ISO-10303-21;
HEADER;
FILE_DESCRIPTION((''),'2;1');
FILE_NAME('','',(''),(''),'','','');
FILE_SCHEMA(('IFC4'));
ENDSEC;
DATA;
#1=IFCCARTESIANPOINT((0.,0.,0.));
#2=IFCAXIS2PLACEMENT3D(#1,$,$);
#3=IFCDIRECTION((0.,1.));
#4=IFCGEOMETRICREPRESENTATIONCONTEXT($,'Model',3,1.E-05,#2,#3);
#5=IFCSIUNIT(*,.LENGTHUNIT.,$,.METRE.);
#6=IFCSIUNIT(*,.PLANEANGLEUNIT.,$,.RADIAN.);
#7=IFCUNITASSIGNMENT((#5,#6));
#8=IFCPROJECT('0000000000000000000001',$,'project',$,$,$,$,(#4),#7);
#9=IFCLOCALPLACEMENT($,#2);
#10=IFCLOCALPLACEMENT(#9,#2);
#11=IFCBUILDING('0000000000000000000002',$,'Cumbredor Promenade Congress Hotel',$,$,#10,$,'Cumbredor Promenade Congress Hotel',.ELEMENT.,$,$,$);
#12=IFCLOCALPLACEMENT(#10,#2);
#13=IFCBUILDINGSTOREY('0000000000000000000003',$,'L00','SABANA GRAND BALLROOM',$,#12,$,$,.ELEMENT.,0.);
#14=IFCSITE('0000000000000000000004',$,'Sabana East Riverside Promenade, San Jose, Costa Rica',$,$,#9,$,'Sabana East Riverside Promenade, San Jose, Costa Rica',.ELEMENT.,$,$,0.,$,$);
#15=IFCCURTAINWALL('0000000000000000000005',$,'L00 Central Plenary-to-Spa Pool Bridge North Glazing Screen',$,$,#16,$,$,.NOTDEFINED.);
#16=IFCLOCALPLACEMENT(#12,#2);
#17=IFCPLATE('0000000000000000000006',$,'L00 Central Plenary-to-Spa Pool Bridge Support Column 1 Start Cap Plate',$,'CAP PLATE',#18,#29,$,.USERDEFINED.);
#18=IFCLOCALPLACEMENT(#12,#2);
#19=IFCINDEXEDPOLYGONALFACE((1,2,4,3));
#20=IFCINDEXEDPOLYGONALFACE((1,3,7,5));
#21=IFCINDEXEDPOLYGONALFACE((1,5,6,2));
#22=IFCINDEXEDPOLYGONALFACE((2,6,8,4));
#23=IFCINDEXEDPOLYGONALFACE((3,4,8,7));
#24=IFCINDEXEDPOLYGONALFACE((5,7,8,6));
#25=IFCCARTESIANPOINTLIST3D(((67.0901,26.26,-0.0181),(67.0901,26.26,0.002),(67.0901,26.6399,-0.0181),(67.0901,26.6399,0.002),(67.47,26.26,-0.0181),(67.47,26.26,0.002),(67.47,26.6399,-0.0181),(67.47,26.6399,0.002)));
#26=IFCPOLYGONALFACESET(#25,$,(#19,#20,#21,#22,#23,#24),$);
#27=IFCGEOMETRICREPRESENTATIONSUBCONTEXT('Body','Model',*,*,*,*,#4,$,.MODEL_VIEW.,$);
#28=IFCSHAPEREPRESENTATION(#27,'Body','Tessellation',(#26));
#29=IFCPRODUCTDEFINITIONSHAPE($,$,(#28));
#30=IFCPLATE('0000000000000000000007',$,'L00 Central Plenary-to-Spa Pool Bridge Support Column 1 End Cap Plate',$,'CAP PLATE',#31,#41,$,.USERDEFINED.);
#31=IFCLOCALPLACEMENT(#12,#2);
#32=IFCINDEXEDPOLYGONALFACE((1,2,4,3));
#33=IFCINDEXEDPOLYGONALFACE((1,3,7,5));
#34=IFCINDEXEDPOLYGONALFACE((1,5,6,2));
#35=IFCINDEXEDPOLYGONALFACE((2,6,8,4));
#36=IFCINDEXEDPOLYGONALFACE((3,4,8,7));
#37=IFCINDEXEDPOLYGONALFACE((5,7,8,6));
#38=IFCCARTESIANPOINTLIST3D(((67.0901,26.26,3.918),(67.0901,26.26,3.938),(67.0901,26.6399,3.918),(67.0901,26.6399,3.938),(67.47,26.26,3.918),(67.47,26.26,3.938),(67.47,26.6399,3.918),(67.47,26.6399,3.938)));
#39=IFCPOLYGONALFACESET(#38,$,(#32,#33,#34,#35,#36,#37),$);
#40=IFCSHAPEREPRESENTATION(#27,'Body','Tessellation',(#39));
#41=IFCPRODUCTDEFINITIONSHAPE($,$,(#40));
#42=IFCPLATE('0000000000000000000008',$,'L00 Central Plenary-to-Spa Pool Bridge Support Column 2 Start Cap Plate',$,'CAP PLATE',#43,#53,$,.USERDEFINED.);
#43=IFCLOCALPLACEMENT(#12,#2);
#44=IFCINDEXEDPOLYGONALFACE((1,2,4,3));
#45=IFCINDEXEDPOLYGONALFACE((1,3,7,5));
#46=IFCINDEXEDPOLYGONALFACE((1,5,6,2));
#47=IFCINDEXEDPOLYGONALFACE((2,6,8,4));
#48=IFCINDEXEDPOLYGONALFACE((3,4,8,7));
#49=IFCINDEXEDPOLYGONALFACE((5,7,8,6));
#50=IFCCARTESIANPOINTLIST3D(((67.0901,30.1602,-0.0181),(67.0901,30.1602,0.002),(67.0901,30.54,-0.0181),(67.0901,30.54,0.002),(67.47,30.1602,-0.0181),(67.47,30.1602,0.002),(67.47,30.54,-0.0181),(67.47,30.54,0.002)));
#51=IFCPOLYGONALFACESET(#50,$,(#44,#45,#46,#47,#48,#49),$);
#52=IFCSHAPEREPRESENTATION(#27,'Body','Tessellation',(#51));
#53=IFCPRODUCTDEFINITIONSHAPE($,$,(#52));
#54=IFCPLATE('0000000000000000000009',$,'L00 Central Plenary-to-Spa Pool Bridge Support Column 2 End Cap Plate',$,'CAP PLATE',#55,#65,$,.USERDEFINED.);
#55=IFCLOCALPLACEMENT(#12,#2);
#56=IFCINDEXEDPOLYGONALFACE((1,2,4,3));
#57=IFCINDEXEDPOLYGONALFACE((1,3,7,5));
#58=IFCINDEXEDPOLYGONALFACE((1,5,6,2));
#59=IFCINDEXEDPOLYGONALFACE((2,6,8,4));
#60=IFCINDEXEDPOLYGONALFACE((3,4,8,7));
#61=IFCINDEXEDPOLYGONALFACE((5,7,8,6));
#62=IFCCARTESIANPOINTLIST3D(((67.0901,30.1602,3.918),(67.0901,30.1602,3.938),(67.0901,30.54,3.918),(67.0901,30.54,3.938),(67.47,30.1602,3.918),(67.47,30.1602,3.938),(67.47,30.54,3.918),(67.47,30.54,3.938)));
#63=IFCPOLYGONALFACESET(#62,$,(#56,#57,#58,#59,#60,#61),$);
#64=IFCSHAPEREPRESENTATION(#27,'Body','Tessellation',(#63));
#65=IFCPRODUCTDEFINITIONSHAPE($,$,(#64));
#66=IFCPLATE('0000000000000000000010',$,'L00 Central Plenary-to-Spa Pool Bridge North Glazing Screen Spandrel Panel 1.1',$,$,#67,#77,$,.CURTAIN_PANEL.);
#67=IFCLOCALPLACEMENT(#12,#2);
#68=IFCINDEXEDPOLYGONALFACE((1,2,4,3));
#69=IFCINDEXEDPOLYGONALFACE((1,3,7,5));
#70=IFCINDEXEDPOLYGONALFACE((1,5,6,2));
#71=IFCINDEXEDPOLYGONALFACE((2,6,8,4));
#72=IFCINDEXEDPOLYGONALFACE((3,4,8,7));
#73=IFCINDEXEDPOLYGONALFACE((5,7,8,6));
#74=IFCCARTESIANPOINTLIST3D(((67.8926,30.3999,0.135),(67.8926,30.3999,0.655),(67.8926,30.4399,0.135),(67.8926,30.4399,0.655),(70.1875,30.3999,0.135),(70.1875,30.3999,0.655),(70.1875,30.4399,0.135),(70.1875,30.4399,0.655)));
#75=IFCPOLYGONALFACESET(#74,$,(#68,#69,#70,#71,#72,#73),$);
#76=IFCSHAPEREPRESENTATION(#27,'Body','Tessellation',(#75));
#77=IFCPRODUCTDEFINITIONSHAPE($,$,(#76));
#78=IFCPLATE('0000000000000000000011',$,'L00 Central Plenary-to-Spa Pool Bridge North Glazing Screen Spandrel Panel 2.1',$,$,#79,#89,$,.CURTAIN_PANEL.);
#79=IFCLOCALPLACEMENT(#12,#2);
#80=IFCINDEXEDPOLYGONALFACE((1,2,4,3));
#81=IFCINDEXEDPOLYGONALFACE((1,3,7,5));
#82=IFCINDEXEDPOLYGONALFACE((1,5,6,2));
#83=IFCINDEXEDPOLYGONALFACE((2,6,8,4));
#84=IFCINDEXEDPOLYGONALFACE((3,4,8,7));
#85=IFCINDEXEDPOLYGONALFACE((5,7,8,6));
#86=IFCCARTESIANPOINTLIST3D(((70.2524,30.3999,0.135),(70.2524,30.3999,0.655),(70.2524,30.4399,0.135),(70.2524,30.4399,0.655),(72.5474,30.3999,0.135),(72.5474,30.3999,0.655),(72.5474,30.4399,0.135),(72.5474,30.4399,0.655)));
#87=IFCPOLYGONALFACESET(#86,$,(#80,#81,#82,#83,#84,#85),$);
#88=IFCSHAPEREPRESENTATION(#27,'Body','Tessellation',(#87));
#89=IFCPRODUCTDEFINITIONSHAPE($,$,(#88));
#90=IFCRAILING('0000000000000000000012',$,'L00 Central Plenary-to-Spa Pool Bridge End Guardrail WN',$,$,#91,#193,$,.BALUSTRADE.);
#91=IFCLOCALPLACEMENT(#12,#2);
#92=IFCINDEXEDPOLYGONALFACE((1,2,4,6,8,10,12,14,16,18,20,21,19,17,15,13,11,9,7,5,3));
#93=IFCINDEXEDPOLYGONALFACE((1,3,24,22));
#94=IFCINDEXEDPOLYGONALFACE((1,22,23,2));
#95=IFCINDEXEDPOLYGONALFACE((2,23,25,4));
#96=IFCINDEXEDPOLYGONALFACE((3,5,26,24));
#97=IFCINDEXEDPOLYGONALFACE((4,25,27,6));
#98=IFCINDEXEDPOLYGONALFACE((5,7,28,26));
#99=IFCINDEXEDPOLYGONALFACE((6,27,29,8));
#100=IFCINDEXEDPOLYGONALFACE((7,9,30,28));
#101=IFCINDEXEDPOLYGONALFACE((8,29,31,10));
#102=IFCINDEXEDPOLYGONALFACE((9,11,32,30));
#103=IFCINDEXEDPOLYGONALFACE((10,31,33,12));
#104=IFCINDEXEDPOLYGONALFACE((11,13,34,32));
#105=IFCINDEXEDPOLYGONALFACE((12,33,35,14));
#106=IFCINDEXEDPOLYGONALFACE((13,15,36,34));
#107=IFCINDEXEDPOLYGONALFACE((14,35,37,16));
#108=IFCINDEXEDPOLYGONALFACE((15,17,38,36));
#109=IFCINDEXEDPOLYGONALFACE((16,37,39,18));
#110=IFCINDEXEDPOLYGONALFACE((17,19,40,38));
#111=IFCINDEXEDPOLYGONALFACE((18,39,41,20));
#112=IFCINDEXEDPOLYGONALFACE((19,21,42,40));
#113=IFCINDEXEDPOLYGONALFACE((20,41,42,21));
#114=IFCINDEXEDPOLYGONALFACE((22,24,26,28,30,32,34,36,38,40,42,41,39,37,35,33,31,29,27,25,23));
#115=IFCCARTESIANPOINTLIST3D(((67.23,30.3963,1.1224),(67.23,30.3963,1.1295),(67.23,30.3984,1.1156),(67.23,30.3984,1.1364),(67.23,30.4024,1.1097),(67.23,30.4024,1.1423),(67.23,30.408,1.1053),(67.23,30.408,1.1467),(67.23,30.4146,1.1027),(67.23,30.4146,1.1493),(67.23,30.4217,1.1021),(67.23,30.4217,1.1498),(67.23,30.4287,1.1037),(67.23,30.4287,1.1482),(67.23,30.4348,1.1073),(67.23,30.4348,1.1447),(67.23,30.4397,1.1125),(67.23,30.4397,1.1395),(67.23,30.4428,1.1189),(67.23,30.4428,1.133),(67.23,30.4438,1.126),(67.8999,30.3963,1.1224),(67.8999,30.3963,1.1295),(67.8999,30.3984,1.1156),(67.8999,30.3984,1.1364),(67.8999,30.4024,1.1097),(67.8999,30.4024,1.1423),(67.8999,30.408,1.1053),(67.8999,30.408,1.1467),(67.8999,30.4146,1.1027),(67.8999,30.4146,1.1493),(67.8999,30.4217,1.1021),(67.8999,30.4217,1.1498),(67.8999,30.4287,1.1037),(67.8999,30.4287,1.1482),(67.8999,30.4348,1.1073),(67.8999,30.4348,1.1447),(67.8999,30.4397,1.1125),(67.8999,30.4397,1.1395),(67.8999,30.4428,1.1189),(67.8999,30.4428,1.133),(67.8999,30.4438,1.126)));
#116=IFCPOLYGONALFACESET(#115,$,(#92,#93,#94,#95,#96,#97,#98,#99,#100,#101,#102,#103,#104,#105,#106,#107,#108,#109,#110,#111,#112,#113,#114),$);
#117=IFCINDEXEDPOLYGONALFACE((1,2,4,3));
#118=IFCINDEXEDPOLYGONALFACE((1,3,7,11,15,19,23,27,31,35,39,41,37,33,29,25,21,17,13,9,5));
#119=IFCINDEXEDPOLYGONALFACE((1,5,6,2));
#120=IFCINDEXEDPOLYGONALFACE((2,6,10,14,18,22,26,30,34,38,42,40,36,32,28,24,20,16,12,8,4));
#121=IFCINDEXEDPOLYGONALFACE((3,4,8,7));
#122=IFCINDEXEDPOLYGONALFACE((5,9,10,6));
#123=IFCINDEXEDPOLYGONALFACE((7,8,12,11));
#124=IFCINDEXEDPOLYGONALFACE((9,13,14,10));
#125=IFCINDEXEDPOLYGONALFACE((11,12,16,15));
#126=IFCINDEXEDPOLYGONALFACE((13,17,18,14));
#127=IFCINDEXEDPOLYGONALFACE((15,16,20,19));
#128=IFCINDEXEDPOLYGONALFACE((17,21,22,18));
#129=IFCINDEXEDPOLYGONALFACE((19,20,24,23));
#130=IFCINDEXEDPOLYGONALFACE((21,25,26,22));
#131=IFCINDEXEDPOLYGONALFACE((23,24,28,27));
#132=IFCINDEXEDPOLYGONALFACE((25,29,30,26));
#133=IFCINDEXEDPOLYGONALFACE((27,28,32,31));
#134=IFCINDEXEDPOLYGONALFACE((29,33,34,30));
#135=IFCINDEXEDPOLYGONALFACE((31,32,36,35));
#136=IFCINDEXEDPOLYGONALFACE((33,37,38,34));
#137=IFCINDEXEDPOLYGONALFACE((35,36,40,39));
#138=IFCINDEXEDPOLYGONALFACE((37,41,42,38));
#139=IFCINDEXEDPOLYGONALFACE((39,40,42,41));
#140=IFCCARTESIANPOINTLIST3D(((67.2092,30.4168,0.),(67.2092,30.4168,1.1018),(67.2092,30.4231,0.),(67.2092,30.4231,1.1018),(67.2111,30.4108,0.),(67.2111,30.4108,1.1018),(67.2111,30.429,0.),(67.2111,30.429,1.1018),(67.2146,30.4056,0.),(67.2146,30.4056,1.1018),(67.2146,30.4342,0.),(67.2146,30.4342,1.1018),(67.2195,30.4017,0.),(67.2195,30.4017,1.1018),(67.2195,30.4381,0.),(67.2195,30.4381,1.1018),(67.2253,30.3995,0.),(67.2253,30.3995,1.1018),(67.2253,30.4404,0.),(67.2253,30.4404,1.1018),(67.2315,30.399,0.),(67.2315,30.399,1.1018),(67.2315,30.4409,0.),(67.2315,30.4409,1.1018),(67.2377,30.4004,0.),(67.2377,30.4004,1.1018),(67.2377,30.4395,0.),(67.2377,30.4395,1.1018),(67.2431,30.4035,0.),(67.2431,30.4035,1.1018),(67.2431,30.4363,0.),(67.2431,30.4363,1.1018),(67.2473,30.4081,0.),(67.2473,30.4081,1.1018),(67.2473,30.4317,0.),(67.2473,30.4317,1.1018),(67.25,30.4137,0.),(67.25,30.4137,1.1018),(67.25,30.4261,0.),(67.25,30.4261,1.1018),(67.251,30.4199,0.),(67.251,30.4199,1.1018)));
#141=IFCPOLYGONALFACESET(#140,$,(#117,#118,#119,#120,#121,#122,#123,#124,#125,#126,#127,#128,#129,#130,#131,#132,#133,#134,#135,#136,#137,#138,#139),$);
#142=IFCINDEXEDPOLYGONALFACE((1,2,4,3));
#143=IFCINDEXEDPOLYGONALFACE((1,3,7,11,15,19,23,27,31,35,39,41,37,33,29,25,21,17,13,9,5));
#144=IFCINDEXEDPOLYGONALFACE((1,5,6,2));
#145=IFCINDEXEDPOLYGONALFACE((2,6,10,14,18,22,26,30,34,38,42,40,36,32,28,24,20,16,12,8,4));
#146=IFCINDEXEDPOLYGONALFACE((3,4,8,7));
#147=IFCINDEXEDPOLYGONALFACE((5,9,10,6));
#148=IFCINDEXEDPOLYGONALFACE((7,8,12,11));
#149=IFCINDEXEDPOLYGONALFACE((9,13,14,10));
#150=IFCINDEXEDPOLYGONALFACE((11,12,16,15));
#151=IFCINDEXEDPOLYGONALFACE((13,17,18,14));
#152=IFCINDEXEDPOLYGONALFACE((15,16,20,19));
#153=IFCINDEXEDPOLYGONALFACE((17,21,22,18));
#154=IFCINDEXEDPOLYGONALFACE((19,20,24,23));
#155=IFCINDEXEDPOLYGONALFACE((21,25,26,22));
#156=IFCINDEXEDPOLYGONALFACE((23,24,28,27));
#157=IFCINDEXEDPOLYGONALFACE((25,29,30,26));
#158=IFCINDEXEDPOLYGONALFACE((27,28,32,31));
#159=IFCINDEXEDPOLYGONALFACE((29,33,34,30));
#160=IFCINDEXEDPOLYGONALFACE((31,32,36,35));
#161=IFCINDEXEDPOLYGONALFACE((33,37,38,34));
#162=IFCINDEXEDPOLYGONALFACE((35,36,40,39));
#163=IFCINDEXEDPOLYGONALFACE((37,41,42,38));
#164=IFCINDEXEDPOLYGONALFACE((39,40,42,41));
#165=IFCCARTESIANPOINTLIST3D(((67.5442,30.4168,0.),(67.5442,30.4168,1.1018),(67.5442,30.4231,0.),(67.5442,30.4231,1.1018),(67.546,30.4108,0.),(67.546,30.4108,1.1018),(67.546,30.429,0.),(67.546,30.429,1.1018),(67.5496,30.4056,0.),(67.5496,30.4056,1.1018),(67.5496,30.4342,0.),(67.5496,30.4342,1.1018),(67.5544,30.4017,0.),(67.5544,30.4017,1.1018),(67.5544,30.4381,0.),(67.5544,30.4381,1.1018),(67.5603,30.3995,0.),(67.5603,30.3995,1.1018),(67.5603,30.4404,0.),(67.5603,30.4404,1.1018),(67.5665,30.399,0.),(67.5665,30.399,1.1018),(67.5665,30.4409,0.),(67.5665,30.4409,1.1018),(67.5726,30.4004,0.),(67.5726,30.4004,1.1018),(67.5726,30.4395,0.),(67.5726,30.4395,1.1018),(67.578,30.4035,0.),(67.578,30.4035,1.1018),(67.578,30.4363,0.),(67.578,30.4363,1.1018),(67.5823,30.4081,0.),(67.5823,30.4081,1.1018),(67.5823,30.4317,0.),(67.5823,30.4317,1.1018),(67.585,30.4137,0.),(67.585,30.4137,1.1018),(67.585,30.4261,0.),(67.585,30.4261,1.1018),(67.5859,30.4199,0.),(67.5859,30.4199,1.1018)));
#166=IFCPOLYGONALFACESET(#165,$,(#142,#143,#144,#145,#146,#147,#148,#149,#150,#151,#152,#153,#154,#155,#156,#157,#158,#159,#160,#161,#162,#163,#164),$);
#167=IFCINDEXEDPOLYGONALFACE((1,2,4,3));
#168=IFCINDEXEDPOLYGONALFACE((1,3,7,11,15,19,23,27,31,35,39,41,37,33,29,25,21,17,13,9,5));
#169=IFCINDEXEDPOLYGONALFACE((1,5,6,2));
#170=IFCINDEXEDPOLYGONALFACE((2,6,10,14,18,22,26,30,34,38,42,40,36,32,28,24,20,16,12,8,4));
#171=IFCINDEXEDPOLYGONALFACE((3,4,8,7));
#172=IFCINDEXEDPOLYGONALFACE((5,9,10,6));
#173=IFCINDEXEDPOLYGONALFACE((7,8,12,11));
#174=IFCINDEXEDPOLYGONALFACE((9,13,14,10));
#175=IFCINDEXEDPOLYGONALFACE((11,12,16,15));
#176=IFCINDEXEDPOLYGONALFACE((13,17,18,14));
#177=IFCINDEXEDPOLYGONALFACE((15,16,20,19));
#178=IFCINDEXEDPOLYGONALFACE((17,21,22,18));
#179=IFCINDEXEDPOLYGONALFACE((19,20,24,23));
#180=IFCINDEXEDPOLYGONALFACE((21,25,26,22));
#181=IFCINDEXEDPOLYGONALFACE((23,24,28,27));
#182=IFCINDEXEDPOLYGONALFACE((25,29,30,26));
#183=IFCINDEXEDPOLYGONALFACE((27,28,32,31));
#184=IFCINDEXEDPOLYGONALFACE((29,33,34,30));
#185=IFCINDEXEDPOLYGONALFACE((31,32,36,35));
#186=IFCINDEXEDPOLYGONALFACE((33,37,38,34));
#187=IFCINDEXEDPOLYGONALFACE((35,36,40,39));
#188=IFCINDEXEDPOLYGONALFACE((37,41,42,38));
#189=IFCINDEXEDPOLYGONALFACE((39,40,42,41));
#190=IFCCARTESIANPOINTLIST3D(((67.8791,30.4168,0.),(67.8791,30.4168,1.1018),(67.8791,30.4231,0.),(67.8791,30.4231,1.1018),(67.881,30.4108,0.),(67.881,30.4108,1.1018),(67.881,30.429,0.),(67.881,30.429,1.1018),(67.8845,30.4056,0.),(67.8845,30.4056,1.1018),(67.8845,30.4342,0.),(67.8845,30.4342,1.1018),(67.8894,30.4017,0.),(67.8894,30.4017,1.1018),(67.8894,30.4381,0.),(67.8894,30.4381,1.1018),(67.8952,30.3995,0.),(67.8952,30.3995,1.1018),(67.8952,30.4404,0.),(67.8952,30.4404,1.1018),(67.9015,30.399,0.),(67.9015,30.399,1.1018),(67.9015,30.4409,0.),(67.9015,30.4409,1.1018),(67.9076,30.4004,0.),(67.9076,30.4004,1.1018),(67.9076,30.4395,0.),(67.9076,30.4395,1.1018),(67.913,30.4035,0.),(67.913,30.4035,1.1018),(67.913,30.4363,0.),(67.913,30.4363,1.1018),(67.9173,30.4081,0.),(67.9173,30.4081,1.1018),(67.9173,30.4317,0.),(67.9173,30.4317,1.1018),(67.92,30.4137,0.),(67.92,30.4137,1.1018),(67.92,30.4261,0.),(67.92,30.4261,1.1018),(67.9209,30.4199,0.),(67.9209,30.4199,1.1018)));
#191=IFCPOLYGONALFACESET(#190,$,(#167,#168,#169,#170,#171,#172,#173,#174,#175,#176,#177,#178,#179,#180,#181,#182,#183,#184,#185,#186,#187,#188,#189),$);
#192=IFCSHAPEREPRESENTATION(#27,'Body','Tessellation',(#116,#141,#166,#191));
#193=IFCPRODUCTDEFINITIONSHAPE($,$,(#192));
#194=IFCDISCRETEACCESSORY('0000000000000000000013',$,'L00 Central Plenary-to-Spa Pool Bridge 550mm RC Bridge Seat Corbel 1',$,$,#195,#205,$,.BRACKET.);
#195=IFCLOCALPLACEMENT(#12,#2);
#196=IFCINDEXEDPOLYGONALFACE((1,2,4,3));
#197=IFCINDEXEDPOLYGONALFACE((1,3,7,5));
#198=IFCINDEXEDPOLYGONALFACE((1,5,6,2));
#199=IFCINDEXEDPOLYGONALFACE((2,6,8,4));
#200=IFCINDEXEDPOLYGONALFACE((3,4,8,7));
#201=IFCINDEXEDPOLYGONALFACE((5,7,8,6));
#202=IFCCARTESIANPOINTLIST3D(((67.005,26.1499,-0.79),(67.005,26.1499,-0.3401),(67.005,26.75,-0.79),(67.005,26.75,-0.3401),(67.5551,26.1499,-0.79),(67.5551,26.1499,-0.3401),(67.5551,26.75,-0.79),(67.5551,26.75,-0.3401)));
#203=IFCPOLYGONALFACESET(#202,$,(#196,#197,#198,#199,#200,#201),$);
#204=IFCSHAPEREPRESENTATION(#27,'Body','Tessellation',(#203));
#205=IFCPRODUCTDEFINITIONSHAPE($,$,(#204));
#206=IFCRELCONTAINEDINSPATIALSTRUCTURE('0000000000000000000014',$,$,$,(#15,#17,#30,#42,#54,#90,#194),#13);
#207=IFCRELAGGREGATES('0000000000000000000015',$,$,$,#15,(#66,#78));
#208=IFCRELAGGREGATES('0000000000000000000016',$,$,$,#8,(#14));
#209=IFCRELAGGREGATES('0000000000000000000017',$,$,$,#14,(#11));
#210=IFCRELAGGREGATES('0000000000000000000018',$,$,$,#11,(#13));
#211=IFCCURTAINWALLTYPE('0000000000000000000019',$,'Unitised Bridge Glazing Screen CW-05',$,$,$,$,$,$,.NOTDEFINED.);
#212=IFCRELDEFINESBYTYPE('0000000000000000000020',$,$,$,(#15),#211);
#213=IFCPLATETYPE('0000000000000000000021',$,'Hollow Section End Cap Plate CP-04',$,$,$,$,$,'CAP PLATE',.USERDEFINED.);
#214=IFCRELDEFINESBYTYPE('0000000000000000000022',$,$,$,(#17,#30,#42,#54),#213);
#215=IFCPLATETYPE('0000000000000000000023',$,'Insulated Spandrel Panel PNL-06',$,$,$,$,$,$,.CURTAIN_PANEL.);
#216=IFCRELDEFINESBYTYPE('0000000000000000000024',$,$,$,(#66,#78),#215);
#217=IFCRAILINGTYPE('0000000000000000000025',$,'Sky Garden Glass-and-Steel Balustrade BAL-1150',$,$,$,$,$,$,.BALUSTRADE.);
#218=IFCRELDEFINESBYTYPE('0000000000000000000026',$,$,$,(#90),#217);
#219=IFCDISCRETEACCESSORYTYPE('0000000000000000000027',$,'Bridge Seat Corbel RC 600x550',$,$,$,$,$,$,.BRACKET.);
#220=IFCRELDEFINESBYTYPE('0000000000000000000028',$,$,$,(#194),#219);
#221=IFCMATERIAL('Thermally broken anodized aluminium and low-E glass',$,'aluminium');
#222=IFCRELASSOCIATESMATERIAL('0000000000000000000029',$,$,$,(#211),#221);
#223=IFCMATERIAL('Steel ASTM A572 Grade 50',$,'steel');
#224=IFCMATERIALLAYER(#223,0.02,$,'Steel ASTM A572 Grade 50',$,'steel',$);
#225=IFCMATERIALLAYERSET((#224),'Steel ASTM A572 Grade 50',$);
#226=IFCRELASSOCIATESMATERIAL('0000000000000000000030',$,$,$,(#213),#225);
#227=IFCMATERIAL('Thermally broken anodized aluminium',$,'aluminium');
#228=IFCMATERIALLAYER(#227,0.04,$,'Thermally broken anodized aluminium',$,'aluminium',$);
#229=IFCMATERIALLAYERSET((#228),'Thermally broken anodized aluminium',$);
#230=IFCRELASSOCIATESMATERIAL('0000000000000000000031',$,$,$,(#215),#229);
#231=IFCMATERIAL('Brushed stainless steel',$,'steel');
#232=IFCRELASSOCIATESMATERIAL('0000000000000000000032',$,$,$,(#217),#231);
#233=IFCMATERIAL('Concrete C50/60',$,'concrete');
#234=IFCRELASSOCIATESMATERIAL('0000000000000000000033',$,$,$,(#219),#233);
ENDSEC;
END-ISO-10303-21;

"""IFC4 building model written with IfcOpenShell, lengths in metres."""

from ifc_helpers import new_model, si_unit, direction, frame, origin, origin_2d, place, context, subcontext, project, spatial, rectangle, circle, extrude, material, layer, layer_set, type_object, element, aggregate, save


model = new_model("IFC4")

# Units and contexts
model_context = context("Model", 3, precision=1e-05, world=origin(), true_north=direction((0.0, 1.0)))
body_context = subcontext(model_context, "Body", "Model", "MODEL_VIEW")
ifc_project = project(units=[si_unit("LENGTHUNIT", "METRE"), si_unit("PLANEANGLEUNIT", "RADIAN")], contexts=[model_context])

# Site, building, storey
site_placement = place(None, origin())
site = spatial("IfcSite", under=ifc_project, at=site_placement, Name="Sabana East Riverside Promenade, San Jose, Costa Rica", LongName="Sabana East Riverside Promenade, San Jose, Costa Rica", CompositionType="ELEMENT", RefElevation=0.0)
building_placement = place(site_placement, origin())
building = spatial("IfcBuilding", under=site, at=building_placement, Name="Cumbredor Promenade Congress Hotel", LongName="Cumbredor Promenade Congress Hotel", CompositionType="ELEMENT")
storey_placement = place(building_placement, origin())
storey = spatial("IfcBuildingStorey", under=building, at=storey_placement, Name="L00", Description="SABANA GRAND BALLROOM", CompositionType="ELEMENT", Elevation=0.0)

# Curtain wall
ifc_material_1 = material(Name="Thermally broken anodized aluminium and low-E glass", Category="aluminium")
curtain_wall_type = type_object("IfcCurtainWallType", Name="Unitised Bridge Glazing Screen CW-05", PredefinedType="NOTDEFINED", material=ifc_material_1)
curtain_wall_placement = place(storey_placement, origin())
curtain_wall = element("IfcCurtainWall", 1, at=curtain_wall_placement, inside=storey, type_object=curtain_wall_type, Name="L00 Central Plenary-to-Spa Pool Bridge North Glazing Screen", PredefinedType="NOTDEFINED")
ifc_material_2 = material(Name="Thermally broken anodized aluminium", Category="aluminium")

# Plates
ifc_material_3 = material(Name="Steel ASTM A572 Grade 50", Category="steel")
ifc_layer_1 = layer(ifc_material_3, 0.02, Name="Steel ASTM A572 Grade 50", Category="steel")
ifc_layer_set_1 = layer_set([ifc_layer_1], Name="Steel ASTM A572 Grade 50")
plate_type_1 = type_object("IfcPlateType", Name="Hollow Section End Cap Plate CP-04", ElementType="CAP PLATE", PredefinedType="USERDEFINED", material=ifc_layer_set_1)
for number, where, z_axis, x_axis, name in (
    (2, (67.28, 26.45, -0.0181), (0.0, 0.0, 1.0), (1.0, 0.0, 0.0), "L00 Central Plenary-to-Spa Pool Bridge Support Column 1 Start Cap Plate"),
    (3, (67.28, 26.45, 3.918), (0.0, 0.0, 1.0), (1.0, 0.0, 0.0), "L00 Central Plenary-to-Spa Pool Bridge Support Column 1 End Cap Plate"),
    (4, (67.28, 30.3501, -0.0181), (0.0, 0.0, 1.0), (1.0, 0.0, 0.0), "L00 Central Plenary-to-Spa Pool Bridge Support Column 2 Start Cap Plate"),
    (5, (67.28, 30.3501, 3.918), (0.0, 0.0, 1.0), (1.0, 0.0, 0.0), "L00 Central Plenary-to-Spa Pool Bridge Support Column 2 End Cap Plate"),
):
    element("IfcPlate", number, at=place(storey_placement, frame(where, z_axis=z_axis, x_axis=x_axis)), inside=storey, type_object=plate_type_1, Name=name, ObjectType="CAP PLATE", PredefinedType="USERDEFINED", context=body_context, shape_type="SweptSolid", body=[
        extrude(rectangle(XDim=0.3799, YDim=0.3799, at=origin_2d()), origin(), (0.0, 0.0, 1.0), 0.02),
    ])

# Plates
ifc_layer_2 = layer(ifc_material_2, 0.04, Name="Thermally broken anodized aluminium", Category="aluminium")
ifc_layer_set_2 = layer_set([ifc_layer_2], Name="Thermally broken anodized aluminium")
plate_type_2 = type_object("IfcPlateType", Name="Insulated Spandrel Panel PNL-06", PredefinedType="CURTAIN_PANEL", material=ifc_layer_set_2)
plate_1_placement = place(storey_placement, frame((69.04, 30.4199, 0.135), z_axis=(0.0, 0.0, 1.0), x_axis=(1.0, 0.0, 0.0)))
plate_1 = element("IfcPlate", 6, at=plate_1_placement, type_object=plate_type_2, Name="L00 Central Plenary-to-Spa Pool Bridge North Glazing Screen Spandrel Panel 1.1", PredefinedType="CURTAIN_PANEL", context=body_context, shape_type="SweptSolid", body=[
    extrude(rectangle(XDim=2.2949, YDim=0.04, at=origin_2d()), origin(), (0.0, 0.0, 1.0), 0.52),
])
plate_2_placement = place(storey_placement, frame((71.3999, 30.4199, 0.135), z_axis=(0.0, 0.0, 1.0), x_axis=(1.0, 0.0, 0.0)))
plate_2 = element("IfcPlate", 7, at=plate_2_placement, type_object=plate_type_2, Name="L00 Central Plenary-to-Spa Pool Bridge North Glazing Screen Spandrel Panel 2.1", PredefinedType="CURTAIN_PANEL", context=body_context, shape_type="SweptSolid", body=[
    extrude(rectangle(XDim=2.2949, YDim=0.04, at=origin_2d()), origin(), (0.0, 0.0, 1.0), 0.52),
])
aggregate(curtain_wall, [plate_1, plate_2])

# Railing
ifc_material_4 = material(Name="Brushed stainless steel", Category="steel")
railing_type = type_object("IfcRailingType", Name="Sky Garden Glass-and-Steel Balustrade BAL-1150", PredefinedType="BALUSTRADE", material=ifc_material_4)
railing_placement = place(storey_placement, frame((67.23, 30.4199, 0.0)))
element("IfcRailing", 8, at=railing_placement, inside=storey, type_object=railing_type, Name="L00 Central Plenary-to-Spa Pool Bridge End Guardrail WN", PredefinedType="BALUSTRADE", context=body_context, shape_type="SweptSolid", body=[
    extrude(circle(Radius=0.0239, at=origin_2d()), frame((0.0, 0.0, 1.126), z_axis=(1.0, 0.0, 0.0), x_axis=(0.0, 1.0, 0.0)), (0.0, 0.0, 1.0), 0.6699),
    extrude(circle(Radius=0.021, at=origin_2d()), origin(), (0.0, 0.0, 1.0), 1.1018),
    extrude(circle(Radius=0.021, at=origin_2d()), frame((0.335, 0.0, 0.0)), (0.0, 0.0, 1.0), 1.1018),
    extrude(circle(Radius=0.021, at=origin_2d()), frame((0.6699, 0.0, 0.0)), (0.0, 0.0, 1.0), 1.1018),
])

# Discrete accessory
ifc_material_5 = material(Name="Concrete C50/60", Category="concrete")
discrete_accessory_type_1 = type_object("IfcDiscreteAccessoryType", Name="Bridge Seat Corbel RC 600x550", PredefinedType="BRACKET", material=ifc_material_5)
for number, where, z_axis, x_axis, name in (
    (9, (67.28, 26.45, -0.79), (0.0, 0.0, 1.0), (1.0, 0.0, 0.0), "L00 Central Plenary-to-Spa Pool Bridge 550mm RC Bridge Seat Corbel 1"),
):
    element("IfcDiscreteAccessory", number, at=place(storey_placement, frame(where, z_axis=z_axis, x_axis=x_axis)), inside=storey, type_object=discrete_accessory_type_1, Name=name, PredefinedType="BRACKET", context=body_context, shape_type="SweptSolid", body=[
        extrude(rectangle(XDim=0.55, YDim=0.6001, at=origin_2d()), origin(), (0.0, 0.0, 1.0), 0.45),
    ])

save(model, "model.ifc")
